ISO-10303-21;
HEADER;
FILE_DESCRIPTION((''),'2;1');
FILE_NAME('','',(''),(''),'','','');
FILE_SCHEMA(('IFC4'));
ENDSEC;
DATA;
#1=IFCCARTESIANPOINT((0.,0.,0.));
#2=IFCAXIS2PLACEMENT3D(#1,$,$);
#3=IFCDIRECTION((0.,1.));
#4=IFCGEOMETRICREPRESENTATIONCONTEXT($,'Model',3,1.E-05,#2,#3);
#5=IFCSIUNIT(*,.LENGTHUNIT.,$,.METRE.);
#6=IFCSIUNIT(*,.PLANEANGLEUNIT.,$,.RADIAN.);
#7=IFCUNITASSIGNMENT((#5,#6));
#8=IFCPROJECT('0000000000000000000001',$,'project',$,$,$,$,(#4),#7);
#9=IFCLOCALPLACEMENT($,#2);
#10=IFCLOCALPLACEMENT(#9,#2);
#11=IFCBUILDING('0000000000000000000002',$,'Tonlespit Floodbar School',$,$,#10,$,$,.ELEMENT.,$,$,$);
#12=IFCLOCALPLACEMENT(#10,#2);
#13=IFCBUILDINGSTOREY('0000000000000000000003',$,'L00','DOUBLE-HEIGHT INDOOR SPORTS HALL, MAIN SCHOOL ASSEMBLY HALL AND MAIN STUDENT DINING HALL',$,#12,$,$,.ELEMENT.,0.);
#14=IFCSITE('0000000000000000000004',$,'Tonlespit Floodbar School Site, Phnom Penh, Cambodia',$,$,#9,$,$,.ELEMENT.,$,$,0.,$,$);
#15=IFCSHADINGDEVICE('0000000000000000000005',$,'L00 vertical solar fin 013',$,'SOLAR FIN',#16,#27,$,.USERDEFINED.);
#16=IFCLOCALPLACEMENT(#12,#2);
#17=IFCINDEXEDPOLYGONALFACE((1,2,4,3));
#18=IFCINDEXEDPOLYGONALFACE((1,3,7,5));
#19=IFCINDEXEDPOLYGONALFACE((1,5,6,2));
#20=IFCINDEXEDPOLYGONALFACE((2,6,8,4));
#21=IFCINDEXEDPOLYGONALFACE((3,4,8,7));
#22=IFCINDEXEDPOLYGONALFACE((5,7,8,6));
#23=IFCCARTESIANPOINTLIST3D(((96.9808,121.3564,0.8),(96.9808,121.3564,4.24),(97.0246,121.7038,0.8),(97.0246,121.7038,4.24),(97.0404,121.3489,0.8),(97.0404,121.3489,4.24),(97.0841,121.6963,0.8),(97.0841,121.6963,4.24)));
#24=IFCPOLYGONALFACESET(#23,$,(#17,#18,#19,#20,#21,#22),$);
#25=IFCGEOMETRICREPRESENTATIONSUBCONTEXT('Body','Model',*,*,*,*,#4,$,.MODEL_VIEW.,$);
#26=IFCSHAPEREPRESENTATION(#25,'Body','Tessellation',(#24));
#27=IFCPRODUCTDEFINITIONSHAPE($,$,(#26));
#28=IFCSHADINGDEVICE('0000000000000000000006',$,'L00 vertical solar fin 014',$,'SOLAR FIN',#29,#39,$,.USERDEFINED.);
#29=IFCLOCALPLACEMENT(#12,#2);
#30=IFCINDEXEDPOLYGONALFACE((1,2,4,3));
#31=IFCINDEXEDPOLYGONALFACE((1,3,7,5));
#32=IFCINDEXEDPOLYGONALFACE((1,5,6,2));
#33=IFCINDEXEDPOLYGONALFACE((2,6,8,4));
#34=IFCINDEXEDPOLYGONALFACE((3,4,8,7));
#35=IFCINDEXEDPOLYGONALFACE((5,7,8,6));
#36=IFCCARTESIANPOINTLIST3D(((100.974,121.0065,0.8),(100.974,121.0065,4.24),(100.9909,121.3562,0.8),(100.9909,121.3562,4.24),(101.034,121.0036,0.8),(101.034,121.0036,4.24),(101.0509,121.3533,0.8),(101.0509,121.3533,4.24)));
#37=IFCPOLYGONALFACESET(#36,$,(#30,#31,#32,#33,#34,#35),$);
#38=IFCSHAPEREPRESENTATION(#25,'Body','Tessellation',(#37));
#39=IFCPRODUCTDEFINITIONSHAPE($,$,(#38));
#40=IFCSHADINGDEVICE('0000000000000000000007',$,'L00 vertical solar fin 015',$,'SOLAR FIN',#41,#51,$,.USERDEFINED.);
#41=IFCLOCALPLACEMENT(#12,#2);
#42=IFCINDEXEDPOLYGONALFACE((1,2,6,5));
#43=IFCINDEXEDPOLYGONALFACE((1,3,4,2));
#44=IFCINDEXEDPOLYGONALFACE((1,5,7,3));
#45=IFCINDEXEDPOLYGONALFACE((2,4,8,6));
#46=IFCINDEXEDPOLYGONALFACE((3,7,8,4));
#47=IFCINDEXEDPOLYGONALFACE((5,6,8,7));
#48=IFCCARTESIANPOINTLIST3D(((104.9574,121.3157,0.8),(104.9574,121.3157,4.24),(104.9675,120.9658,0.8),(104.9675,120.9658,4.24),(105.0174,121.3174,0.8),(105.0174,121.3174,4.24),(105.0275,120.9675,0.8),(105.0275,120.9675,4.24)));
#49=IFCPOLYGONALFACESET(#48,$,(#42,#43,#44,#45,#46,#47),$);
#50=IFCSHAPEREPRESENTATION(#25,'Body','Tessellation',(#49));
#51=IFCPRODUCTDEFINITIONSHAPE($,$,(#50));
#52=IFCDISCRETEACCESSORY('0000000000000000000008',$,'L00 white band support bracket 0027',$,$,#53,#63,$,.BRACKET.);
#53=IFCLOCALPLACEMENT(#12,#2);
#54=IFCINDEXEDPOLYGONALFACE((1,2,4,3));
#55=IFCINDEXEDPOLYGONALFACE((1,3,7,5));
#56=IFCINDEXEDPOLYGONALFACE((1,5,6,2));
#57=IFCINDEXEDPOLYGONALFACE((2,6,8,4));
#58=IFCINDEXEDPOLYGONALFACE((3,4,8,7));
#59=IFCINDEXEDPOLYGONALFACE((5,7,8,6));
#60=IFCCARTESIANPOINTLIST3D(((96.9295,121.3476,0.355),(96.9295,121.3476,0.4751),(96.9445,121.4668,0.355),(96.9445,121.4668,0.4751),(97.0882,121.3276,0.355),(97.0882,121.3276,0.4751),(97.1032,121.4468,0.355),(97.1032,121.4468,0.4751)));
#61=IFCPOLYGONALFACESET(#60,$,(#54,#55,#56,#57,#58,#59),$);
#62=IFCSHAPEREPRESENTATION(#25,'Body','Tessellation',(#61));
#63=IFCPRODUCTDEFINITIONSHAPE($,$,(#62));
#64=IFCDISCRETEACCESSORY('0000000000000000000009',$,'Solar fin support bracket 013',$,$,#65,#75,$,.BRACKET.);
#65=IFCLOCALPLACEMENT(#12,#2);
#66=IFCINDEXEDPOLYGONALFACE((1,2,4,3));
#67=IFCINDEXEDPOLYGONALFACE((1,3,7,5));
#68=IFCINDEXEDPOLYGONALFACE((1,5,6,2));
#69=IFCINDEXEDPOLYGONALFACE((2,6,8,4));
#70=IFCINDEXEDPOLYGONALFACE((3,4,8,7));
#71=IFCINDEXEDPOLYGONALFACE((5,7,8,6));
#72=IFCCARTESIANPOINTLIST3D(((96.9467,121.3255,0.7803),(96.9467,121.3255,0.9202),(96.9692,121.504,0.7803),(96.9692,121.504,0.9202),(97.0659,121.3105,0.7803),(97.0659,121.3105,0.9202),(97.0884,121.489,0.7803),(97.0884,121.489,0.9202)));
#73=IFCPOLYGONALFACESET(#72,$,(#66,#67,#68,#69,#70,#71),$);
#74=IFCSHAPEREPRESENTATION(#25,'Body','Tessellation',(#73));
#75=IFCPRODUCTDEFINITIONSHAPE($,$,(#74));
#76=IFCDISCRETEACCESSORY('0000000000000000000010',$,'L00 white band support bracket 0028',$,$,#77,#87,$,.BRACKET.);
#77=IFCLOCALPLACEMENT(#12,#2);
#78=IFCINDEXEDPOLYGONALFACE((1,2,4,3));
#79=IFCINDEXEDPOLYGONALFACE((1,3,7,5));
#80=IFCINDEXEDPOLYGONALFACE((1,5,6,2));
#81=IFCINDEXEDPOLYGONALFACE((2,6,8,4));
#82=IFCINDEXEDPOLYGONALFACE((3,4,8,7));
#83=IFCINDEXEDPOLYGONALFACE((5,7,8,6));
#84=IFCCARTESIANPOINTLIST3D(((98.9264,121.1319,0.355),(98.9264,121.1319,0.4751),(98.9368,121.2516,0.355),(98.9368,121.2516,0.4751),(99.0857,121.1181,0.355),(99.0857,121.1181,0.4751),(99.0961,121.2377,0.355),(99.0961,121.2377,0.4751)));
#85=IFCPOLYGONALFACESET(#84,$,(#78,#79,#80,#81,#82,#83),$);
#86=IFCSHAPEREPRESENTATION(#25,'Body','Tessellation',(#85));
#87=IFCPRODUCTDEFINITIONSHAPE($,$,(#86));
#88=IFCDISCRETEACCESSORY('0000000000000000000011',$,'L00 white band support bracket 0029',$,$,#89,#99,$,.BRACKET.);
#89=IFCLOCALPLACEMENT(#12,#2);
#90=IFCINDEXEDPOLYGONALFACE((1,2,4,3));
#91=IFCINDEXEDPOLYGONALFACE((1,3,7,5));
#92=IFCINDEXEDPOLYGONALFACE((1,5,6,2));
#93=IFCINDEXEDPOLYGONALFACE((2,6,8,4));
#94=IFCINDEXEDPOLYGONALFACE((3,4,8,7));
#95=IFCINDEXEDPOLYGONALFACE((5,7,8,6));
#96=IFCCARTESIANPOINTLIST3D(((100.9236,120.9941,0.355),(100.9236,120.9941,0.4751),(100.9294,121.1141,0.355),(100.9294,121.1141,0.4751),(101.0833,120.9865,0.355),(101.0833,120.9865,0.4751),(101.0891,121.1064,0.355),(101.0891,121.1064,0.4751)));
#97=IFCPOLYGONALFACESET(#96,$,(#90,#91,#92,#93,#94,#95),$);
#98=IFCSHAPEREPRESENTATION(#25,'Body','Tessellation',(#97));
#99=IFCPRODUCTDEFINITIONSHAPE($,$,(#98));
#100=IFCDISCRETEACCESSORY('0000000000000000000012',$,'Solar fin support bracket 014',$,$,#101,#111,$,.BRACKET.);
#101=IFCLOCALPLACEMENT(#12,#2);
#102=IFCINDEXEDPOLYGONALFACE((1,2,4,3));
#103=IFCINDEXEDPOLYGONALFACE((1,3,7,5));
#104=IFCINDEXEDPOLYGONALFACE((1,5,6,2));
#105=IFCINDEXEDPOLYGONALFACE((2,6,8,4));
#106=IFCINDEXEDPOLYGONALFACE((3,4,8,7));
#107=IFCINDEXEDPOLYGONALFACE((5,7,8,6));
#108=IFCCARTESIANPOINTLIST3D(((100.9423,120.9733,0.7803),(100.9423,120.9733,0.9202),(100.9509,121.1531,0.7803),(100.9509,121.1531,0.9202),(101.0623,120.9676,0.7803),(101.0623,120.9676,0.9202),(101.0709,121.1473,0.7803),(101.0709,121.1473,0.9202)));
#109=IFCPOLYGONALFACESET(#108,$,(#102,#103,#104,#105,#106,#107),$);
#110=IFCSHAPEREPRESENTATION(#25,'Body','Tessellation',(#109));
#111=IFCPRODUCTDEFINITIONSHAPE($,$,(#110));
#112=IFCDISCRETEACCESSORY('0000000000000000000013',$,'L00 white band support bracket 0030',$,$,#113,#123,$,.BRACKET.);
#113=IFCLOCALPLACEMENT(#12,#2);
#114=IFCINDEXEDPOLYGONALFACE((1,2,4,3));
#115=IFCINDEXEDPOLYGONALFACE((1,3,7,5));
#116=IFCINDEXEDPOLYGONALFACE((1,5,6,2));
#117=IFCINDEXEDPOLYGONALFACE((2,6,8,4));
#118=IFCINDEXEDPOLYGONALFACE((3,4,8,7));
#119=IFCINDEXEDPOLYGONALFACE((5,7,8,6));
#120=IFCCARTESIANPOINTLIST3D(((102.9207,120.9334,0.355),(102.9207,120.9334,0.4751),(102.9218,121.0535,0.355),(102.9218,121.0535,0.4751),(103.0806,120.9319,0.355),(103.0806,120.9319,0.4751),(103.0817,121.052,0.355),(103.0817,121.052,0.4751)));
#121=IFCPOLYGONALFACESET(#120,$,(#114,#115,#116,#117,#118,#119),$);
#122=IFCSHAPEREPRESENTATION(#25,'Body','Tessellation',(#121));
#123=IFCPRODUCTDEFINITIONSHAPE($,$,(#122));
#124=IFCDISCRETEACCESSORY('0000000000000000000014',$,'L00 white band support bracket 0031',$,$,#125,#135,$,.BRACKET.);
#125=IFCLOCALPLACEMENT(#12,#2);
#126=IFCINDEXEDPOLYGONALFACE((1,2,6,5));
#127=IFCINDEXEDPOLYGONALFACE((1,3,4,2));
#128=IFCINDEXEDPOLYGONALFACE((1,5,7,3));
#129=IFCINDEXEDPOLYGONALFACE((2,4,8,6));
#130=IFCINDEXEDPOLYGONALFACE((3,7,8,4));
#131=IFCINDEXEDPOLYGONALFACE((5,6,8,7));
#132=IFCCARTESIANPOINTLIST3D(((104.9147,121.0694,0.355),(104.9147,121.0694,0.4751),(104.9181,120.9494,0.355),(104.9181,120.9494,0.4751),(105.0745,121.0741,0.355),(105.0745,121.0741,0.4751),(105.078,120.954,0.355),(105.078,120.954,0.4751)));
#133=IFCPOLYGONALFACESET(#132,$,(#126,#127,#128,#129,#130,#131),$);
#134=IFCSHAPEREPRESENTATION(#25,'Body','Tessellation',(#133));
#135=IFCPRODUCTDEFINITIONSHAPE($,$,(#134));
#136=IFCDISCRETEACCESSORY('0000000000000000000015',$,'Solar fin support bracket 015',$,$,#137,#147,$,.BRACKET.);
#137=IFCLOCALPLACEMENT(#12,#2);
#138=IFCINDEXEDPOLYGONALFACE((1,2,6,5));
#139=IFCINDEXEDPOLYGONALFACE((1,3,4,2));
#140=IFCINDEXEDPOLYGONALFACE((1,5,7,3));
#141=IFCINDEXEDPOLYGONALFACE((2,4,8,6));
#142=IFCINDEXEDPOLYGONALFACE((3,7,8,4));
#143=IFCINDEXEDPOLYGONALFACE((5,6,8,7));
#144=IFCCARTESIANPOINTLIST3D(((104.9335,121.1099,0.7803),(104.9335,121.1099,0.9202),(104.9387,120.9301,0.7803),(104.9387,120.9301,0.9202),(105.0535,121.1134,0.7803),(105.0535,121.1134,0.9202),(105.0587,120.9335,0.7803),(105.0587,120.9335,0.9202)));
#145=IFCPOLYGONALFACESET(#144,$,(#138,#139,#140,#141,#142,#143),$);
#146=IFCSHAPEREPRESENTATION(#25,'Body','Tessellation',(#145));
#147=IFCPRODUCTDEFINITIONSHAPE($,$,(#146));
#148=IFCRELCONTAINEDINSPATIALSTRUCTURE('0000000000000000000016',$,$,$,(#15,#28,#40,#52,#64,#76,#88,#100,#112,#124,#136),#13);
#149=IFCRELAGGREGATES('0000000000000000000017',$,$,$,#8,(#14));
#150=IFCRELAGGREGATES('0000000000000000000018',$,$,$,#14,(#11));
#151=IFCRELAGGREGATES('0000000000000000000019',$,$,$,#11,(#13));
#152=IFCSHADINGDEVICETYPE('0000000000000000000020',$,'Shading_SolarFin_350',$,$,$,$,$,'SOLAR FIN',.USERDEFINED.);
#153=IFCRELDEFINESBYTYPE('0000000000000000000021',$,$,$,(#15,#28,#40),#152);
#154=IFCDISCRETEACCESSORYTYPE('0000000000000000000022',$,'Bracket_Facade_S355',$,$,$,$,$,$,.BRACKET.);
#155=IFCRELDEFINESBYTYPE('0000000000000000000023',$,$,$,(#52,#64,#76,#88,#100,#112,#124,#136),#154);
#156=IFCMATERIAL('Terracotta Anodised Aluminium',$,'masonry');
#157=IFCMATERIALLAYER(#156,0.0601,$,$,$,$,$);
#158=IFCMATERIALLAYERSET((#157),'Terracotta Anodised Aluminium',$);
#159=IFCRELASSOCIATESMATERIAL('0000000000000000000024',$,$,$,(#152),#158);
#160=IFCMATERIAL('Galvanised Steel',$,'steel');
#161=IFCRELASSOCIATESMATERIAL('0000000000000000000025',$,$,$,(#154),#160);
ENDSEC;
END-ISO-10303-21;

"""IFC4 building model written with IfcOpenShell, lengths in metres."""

from ifc_helpers import new_model, si_unit, direction, frame, origin, origin_2d, place, context, subcontext, project, spatial, rectangle, extrude, material, layer, layer_set, type_object, element, save


model = new_model("IFC4")

# Units and contexts
model_context = context("Model", 3, precision=1e-05, world=origin(), true_north=direction((0.0, 1.0)))
body_context = subcontext(model_context, "Body", "Model", "MODEL_VIEW")
ifc_project = project(units=[si_unit("LENGTHUNIT", "METRE"), si_unit("PLANEANGLEUNIT", "RADIAN")], contexts=[model_context])

# Site, building, storey
site_placement = place(None, origin())
site = spatial("IfcSite", under=ifc_project, at=site_placement, Name="Tonlespit Floodbar School Site, Phnom Penh, Cambodia", CompositionType="ELEMENT", RefElevation=0.0)
building_placement = place(site_placement, origin())
building = spatial("IfcBuilding", under=site, at=building_placement, Name="Tonlespit Floodbar School", CompositionType="ELEMENT")
storey_placement = place(building_placement, origin())
storey = spatial("IfcBuildingStorey", under=building, at=storey_placement, Name="L00", Description="DOUBLE-HEIGHT INDOOR SPORTS HALL, MAIN SCHOOL ASSEMBLY HALL AND MAIN STUDENT DINING HALL", CompositionType="ELEMENT", Elevation=0.0)

# Shading devices
ifc_material_1 = material(Name="Terracotta Anodised Aluminium", Category="masonry")
ifc_layer_1 = layer(ifc_material_1, 0.0601)
ifc_layer_set_1 = layer_set([ifc_layer_1], Name="Terracotta Anodised Aluminium")
shading_device_type = type_object("IfcShadingDeviceType", Name="Shading_SolarFin_350", ElementType="SOLAR FIN", PredefinedType="USERDEFINED", material=ifc_layer_set_1)
for number, where, z_axis, x_axis, name in (
    (1, (97.0325, 121.5264, 0.8), (0.0, 0.0, 1.0), (0.992155, -0.125011, 0.0), "L00 vertical solar fin 013"),
    (2, (101.0125, 121.1799, 0.8), (0.0, 0.0, 1.0), (0.998843, -0.048095, 0.0), "L00 vertical solar fin 014"),
    (3, (104.9924, 121.1416, 0.8), (0.0, 0.0, 1.0), (0.999584, 0.028838, 0.0), "L00 vertical solar fin 015"),
):
    element("IfcShadingDevice", number, at=place(storey_placement, frame(where, z_axis=z_axis, x_axis=x_axis)), inside=storey, type_object=shading_device_type, Name=name, ObjectType="SOLAR FIN", PredefinedType="USERDEFINED", context=body_context, shape_type="SweptSolid", body=[
        extrude(rectangle(XDim=0.0601, YDim=0.3501, at=origin_2d()), origin(), (0.0, 0.0, 1.0), 3.4399),
    ])

# Discrete accessories
ifc_material_2 = material(Name="Galvanised Steel", Category="steel")
discrete_accessory_type = type_object("IfcDiscreteAccessoryType", Name="Bracket_Facade_S355", PredefinedType="BRACKET", material=ifc_material_2)
discrete_accessory_1_placement = place(storey_placement, frame((97.0164, 121.3972, 0.355), z_axis=(0.0, 0.0, 1.0), x_axis=(0.992155, -0.125011, 0.0)))
element("IfcDiscreteAccessory", 4, at=discrete_accessory_1_placement, inside=storey, type_object=discrete_accessory_type, Name="L00 white band support bracket 0027", PredefinedType="BRACKET", context=body_context, shape_type="SweptSolid", body=[
    extrude(rectangle(XDim=0.1599, YDim=0.1201, at=origin_2d()), origin(), (0.0, 0.0, 1.0), 0.1201),
])
discrete_accessory_2_placement = place(storey_placement, frame((97.0176, 121.4072, 0.7803), z_axis=(0.0, 0.0, 1.0), x_axis=(0.992155, -0.125011, 0.0)))
element("IfcDiscreteAccessory", 5, at=discrete_accessory_2_placement, inside=storey, type_object=discrete_accessory_type, Name="Solar fin support bracket 013", PredefinedType="BRACKET", context=body_context, shape_type="SweptSolid", body=[
    extrude(rectangle(XDim=0.1201, YDim=0.1799, at=origin_2d()), origin(), (0.0, 0.0, 1.0), 0.1399),
])
for number, where, z_axis, x_axis, name in (
    (6, (99.0112, 121.1848, 0.355), (0.0, 0.0, 1.0), (0.996245, -0.086573, 0.0), "L00 white band support bracket 0028"),
    (7, (101.0063, 121.0503, 0.355), (0.0, 0.0, 1.0), (0.998843, -0.048095, 0.0), "L00 white band support bracket 0029"),
):
    element("IfcDiscreteAccessory", number, at=place(storey_placement, frame(where, z_axis=z_axis, x_axis=x_axis)), inside=storey, type_object=discrete_accessory_type, Name=name, PredefinedType="BRACKET", context=body_context, shape_type="SweptSolid", body=[
        extrude(rectangle(XDim=0.1599, YDim=0.1201, at=origin_2d()), origin(), (0.0, 0.0, 1.0), 0.1201),
    ])
discrete_accessory_3_placement = place(storey_placement, frame((101.0066, 121.0603, 0.7803), z_axis=(0.0, 0.0, 1.0), x_axis=(0.998843, -0.048095, 0.0)))
element("IfcDiscreteAccessory", 8, at=discrete_accessory_3_placement, inside=storey, type_object=discrete_accessory_type, Name="Solar fin support bracket 014", PredefinedType="BRACKET", context=body_context, shape_type="SweptSolid", body=[
    extrude(rectangle(XDim=0.1201, YDim=0.1799, at=origin_2d()), origin(), (0.0, 0.0, 1.0), 0.1399),
])
for number, where, z_axis, x_axis, name in (
    (9, (103.0012, 120.9927, 0.355), (0.0, 0.0, 1.0), (0.999954, -0.009599, 0.0), "L00 white band support bracket 0030"),
    (10, (104.9963, 121.0117, 0.355), (0.0, 0.0, 1.0), (0.999584, 0.028838, 0.0), "L00 white band support bracket 0031"),
):
    element("IfcDiscreteAccessory", number, at=place(storey_placement, frame(where, z_axis=z_axis, x_axis=x_axis)), inside=storey, type_object=discrete_accessory_type, Name=name, PredefinedType="BRACKET", context=body_context, shape_type="SweptSolid", body=[
        extrude(rectangle(XDim=0.1599, YDim=0.1201, at=origin_2d()), origin(), (0.0, 0.0, 1.0), 0.1201),
    ])
discrete_accessory_4_placement = place(storey_placement, frame((104.9961, 121.0217, 0.7803), z_axis=(0.0, 0.0, 1.0), x_axis=(0.999584, 0.028838, 0.0)))
element("IfcDiscreteAccessory", 11, at=discrete_accessory_4_placement, inside=storey, type_object=discrete_accessory_type, Name="Solar fin support bracket 015", PredefinedType="BRACKET", context=body_context, shape_type="SweptSolid", body=[
    extrude(rectangle(XDim=0.1201, YDim=0.1799, at=origin_2d()), origin(), (0.0, 0.0, 1.0), 0.1399),
])

save(model, "model.ifc")
